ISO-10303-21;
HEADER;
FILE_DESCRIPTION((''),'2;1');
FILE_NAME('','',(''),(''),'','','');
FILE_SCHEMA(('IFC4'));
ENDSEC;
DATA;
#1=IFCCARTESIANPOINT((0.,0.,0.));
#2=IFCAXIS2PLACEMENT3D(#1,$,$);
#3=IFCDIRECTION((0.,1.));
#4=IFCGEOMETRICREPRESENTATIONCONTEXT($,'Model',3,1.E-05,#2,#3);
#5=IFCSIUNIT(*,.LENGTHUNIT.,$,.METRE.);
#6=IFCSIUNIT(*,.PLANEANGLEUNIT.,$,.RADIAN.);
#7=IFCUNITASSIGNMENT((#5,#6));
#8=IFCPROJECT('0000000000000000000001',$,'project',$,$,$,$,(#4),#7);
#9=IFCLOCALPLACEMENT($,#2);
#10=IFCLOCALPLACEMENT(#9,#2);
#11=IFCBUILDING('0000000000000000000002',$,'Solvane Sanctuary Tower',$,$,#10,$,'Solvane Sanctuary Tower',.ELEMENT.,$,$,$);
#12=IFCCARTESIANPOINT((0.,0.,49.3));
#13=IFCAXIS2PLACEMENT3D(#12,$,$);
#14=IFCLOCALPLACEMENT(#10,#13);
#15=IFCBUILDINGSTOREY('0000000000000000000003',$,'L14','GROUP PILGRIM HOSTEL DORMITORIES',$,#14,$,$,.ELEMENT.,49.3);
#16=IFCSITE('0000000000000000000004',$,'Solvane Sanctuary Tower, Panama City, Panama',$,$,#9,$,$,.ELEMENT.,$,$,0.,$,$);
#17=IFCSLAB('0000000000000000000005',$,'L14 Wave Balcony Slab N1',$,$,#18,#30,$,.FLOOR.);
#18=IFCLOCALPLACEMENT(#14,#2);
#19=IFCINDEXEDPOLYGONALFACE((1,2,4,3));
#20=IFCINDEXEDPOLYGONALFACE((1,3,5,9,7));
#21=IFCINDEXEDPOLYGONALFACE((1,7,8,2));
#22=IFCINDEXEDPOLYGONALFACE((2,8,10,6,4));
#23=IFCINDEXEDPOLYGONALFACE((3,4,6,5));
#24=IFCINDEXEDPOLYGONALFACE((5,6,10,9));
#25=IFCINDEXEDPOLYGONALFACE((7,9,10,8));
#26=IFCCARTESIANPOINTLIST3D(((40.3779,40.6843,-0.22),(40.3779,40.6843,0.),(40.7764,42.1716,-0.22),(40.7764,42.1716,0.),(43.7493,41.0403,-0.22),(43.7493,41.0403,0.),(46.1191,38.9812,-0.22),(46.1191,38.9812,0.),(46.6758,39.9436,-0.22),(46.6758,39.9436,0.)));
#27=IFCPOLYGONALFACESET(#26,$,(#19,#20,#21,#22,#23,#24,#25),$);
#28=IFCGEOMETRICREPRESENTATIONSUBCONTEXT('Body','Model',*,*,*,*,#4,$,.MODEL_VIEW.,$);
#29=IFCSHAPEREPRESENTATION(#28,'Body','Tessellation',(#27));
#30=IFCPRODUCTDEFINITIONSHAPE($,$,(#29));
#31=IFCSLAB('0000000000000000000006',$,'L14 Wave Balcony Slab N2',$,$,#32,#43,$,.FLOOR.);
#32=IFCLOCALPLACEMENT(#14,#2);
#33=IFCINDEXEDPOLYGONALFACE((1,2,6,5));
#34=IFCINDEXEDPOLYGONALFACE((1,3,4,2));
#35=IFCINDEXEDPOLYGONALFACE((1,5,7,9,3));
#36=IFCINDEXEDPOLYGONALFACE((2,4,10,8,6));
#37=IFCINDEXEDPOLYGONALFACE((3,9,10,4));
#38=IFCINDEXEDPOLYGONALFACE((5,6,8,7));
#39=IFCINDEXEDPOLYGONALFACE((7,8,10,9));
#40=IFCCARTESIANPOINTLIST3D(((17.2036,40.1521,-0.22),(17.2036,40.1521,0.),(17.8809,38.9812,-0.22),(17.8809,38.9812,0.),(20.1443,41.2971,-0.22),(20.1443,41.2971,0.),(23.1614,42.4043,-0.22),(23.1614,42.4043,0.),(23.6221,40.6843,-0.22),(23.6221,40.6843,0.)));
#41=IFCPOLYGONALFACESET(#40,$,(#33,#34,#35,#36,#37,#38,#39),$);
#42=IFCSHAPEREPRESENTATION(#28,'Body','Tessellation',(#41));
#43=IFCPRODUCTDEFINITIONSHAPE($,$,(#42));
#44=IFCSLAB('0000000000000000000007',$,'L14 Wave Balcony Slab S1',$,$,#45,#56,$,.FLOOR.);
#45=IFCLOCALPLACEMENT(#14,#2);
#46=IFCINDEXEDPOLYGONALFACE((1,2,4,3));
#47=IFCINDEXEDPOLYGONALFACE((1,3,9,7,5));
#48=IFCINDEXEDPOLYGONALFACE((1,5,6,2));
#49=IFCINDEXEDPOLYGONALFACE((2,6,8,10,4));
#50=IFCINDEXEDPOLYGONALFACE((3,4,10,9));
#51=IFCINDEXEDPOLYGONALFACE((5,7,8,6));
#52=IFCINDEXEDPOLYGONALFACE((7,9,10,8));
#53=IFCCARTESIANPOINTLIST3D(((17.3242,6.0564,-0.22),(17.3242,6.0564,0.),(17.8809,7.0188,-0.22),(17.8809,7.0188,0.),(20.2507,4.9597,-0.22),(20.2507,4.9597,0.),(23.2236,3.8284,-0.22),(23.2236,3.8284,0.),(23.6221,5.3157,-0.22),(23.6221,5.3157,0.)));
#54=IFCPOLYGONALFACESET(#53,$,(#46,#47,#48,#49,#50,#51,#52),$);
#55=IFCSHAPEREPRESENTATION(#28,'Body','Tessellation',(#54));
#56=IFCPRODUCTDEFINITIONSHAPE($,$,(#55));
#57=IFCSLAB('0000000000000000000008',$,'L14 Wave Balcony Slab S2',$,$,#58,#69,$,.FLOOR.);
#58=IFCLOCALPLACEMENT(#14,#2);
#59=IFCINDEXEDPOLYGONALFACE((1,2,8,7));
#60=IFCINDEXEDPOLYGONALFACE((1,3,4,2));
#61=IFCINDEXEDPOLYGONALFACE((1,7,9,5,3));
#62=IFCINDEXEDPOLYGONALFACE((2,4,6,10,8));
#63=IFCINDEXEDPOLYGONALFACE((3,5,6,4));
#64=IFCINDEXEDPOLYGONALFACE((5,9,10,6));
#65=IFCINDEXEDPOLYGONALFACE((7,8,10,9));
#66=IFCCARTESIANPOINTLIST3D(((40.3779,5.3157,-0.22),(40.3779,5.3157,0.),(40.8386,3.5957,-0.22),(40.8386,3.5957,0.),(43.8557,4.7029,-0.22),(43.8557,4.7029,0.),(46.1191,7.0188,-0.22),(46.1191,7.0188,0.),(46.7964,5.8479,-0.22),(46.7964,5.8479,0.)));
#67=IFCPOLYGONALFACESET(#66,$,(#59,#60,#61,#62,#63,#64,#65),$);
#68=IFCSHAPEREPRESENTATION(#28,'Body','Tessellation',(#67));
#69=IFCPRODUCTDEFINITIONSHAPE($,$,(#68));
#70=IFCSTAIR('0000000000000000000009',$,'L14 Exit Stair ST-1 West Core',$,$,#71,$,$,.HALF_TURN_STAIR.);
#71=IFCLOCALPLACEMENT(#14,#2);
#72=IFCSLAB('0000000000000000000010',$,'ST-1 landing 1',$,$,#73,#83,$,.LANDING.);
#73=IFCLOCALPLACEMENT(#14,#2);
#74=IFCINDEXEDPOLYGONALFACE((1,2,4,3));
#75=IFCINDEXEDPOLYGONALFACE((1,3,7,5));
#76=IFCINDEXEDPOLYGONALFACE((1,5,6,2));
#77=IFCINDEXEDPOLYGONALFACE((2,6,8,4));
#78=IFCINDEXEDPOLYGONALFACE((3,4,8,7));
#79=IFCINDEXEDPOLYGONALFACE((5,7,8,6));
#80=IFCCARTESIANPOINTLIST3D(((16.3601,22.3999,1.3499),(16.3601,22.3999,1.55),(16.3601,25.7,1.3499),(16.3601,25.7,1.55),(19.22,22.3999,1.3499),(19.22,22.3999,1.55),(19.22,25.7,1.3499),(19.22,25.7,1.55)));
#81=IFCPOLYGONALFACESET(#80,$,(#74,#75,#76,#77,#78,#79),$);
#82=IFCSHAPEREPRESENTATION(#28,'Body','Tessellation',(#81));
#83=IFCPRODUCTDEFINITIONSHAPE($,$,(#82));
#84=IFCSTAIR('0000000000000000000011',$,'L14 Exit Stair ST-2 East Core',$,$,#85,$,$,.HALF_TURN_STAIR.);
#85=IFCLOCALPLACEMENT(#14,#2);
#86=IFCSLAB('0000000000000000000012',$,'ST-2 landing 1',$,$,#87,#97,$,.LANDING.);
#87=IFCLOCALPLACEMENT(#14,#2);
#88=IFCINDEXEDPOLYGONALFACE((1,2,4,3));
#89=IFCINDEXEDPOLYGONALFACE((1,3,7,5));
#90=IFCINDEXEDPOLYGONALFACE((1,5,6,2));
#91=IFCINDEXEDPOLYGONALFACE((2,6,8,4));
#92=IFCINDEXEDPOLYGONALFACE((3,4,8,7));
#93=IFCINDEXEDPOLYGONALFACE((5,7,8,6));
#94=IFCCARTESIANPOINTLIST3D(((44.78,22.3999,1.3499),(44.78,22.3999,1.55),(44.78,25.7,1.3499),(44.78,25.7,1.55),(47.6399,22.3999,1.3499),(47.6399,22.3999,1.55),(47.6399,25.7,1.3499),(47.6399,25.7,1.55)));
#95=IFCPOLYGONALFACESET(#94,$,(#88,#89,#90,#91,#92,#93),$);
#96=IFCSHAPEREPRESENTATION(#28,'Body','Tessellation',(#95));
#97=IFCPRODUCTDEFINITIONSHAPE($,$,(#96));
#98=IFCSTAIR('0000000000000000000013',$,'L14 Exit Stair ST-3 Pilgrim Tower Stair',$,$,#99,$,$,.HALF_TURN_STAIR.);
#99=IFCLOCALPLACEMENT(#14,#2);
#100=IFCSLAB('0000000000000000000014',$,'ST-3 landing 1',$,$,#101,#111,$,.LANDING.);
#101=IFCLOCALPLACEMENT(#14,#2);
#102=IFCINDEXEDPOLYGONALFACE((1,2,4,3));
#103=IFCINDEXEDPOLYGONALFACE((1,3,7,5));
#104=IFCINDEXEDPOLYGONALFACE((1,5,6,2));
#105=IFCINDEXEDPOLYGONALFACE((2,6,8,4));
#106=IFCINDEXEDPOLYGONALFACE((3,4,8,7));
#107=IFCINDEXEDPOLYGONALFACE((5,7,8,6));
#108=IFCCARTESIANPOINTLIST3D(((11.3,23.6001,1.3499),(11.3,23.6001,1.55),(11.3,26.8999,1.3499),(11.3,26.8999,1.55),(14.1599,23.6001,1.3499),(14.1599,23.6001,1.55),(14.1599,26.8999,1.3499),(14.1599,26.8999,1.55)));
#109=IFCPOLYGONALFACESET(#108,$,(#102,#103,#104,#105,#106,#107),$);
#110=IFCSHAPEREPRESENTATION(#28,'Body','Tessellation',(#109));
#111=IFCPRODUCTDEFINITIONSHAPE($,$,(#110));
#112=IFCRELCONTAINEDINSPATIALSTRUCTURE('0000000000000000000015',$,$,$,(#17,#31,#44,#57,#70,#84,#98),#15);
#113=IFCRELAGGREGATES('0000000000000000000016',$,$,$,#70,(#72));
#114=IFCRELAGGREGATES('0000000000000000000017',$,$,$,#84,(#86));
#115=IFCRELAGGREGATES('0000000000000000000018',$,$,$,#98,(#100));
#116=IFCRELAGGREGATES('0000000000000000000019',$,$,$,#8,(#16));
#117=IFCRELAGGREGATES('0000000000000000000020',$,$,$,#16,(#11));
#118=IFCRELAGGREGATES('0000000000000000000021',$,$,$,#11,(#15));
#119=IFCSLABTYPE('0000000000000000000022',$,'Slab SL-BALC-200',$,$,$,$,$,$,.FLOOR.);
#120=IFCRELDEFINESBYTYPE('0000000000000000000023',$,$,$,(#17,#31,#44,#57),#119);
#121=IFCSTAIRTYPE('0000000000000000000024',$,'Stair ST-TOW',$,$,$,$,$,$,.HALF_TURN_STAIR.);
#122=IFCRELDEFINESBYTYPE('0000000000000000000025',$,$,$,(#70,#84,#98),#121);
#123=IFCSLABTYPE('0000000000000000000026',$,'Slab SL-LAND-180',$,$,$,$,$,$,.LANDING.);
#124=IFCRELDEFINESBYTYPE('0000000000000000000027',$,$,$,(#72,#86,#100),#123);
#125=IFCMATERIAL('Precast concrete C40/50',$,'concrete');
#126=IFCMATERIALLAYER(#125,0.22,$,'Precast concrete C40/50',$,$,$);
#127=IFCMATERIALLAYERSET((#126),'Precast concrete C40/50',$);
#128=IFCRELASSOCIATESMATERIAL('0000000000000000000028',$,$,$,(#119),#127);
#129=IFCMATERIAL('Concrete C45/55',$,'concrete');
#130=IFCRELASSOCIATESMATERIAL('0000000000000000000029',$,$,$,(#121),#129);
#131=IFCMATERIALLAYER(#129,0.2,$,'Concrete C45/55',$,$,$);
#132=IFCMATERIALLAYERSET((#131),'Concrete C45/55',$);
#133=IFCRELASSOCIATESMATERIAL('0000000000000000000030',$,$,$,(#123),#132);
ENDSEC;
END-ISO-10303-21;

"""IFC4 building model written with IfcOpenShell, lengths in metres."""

from ifc_helpers import new_model, si_unit, direction, frame, origin, place, context, subcontext, project, spatial, polyline, outline, extrude, material, layer, layer_set, type_object, element, aggregate, save


model = new_model("IFC4")

# Units and contexts
model_context = context("Model", 3, precision=1e-05, world=origin(), true_north=direction((0.0, 1.0)))
body_context = subcontext(model_context, "Body", "Model", "MODEL_VIEW")
ifc_project = project(units=[si_unit("LENGTHUNIT", "METRE"), si_unit("PLANEANGLEUNIT", "RADIAN")], contexts=[model_context])

# Site, building, storey
site_placement = place(None, origin())
site = spatial("IfcSite", under=ifc_project, at=site_placement, Name="Solvane Sanctuary Tower, Panama City, Panama", CompositionType="ELEMENT", RefElevation=0.0)
building_placement = place(site_placement, origin())
building = spatial("IfcBuilding", under=site, at=building_placement, Name="Solvane Sanctuary Tower", LongName="Solvane Sanctuary Tower", CompositionType="ELEMENT")
storey_placement = place(building_placement, frame((0.0, 0.0, 49.3)))
storey = spatial("IfcBuildingStorey", under=building, at=storey_placement, Name="L14", Description="GROUP PILGRIM HOSTEL DORMITORIES", CompositionType="ELEMENT", Elevation=49.3)

# Slabs
ifc_material_1 = material(Name="Precast concrete C40/50", Category="concrete")
ifc_layer_1 = layer(ifc_material_1, 0.22, Name="Precast concrete C40/50")
ifc_layer_set_1 = layer_set([ifc_layer_1], Name="Precast concrete C40/50")
slab_type_1 = type_object("IfcSlabType", Name="Slab SL-BALC-200", PredefinedType="FLOOR", material=ifc_layer_set_1)
slab_1_placement = place(storey_placement, frame((0.0, 0.0, -0.22)))
element("IfcSlab", 1, at=slab_1_placement, inside=storey, type_object=slab_type_1, Name="L14 Wave Balcony Slab N1", PredefinedType="FLOOR", context=body_context, shape_type="SweptSolid", body=[
    extrude(outline(polyline([(46.6758, 39.9436), (43.7493, 41.0403), (40.7764, 42.1716), (40.3779, 40.6843), (46.1191, 38.9812), (46.6758, 39.9436)])), origin(), (0.0, 0.0, 1.0), 0.22),
])
slab_2_placement = place(storey_placement, frame((0.0, 0.0, -0.22)))
element("IfcSlab", 2, at=slab_2_placement, inside=storey, type_object=slab_type_1, Name="L14 Wave Balcony Slab N2", PredefinedType="FLOOR", context=body_context, shape_type="SweptSolid", body=[
    extrude(outline(polyline([(23.1614, 42.4043), (20.1443, 41.2971), (17.2036, 40.1521), (17.8809, 38.9812), (23.6221, 40.6843), (23.1614, 42.4043)])), origin(), (0.0, 0.0, 1.0), 0.22),
])
slab_3_placement = place(storey_placement, frame((0.0, 0.0, -0.22)))
element("IfcSlab", 3, at=slab_3_placement, inside=storey, type_object=slab_type_1, Name="L14 Wave Balcony Slab S1", PredefinedType="FLOOR", context=body_context, shape_type="SweptSolid", body=[
    extrude(outline(polyline([(17.3242, 6.0564), (20.2507, 4.9597), (23.2236, 3.8284), (23.6221, 5.3157), (17.8809, 7.0188), (17.3242, 6.0564)])), origin(), (0.0, 0.0, 1.0), 0.22),
])
slab_4_placement = place(storey_placement, frame((0.0, 0.0, -0.22)))
element("IfcSlab", 4, at=slab_4_placement, inside=storey, type_object=slab_type_1, Name="L14 Wave Balcony Slab S2", PredefinedType="FLOOR", context=body_context, shape_type="SweptSolid", body=[
    extrude(outline(polyline([(40.8386, 3.5957), (43.8557, 4.7029), (46.7964, 5.8479), (46.1191, 7.0188), (40.3779, 5.3157), (40.8386, 3.5957)])), origin(), (0.0, 0.0, 1.0), 0.22),
])

# Stairs, slabs
ifc_material_2 = material(Name="Concrete C45/55", Category="concrete")
stair_type = type_object("IfcStairType", Name="Stair ST-TOW", PredefinedType="HALF_TURN_STAIR", material=ifc_material_2)
stair_1_placement = place(storey_placement, origin())
stair_1 = element("IfcStair", 5, at=stair_1_placement, inside=storey, type_object=stair_type, Name="L14 Exit Stair ST-1 West Core", PredefinedType="HALF_TURN_STAIR")
ifc_layer_2 = layer(ifc_material_2, 0.2, Name="Concrete C45/55")
ifc_layer_set_2 = layer_set([ifc_layer_2], Name="Concrete C45/55")
slab_type_2 = type_object("IfcSlabType", Name="Slab SL-LAND-180", PredefinedType="LANDING", material=ifc_layer_set_2)
slab_5_placement = place(storey_placement, frame((0.0, 0.0, 1.3499)))
slab_5 = element("IfcSlab", 6, at=slab_5_placement, type_object=slab_type_2, Name="ST-1 landing 1", PredefinedType="LANDING", context=body_context, shape_type="SweptSolid", body=[
    extrude(outline(polyline([(19.22, 22.3999), (19.22, 25.7), (16.3601, 25.7), (16.3601, 22.3999), (19.22, 22.3999)])), origin(), (0.0, 0.0, 1.0), 0.2002),
])
aggregate(stair_1, [slab_5])
stair_2_placement = place(storey_placement, origin())
stair_2 = element("IfcStair", 7, at=stair_2_placement, inside=storey, type_object=stair_type, Name="L14 Exit Stair ST-2 East Core", PredefinedType="HALF_TURN_STAIR")
slab_6_placement = place(storey_placement, frame((0.0, 0.0, 1.3499)))
slab_6 = element("IfcSlab", 8, at=slab_6_placement, type_object=slab_type_2, Name="ST-2 landing 1", PredefinedType="LANDING", context=body_context, shape_type="SweptSolid", body=[
    extrude(outline(polyline([(47.6399, 22.3999), (47.6399, 25.7), (44.78, 25.7), (44.78, 22.3999), (47.6399, 22.3999)])), origin(), (0.0, 0.0, 1.0), 0.2002),
])
aggregate(stair_2, [slab_6])
stair_3_placement = place(storey_placement, origin())
stair_3 = element("IfcStair", 9, at=stair_3_placement, inside=storey, type_object=stair_type, Name="L14 Exit Stair ST-3 Pilgrim Tower Stair", PredefinedType="HALF_TURN_STAIR")
slab_7_placement = place(storey_placement, frame((0.0, 0.0, 1.3499)))
slab_7 = element("IfcSlab", 10, at=slab_7_placement, type_object=slab_type_2, Name="ST-3 landing 1", PredefinedType="LANDING", context=body_context, shape_type="SweptSolid", body=[
    extrude(outline(polyline([(14.1599, 23.6001), (14.1599, 26.8999), (11.3, 26.8999), (11.3, 23.6001), (14.1599, 23.6001)])), origin(), (0.0, 0.0, 1.0), 0.2002),
])
aggregate(stair_3, [slab_7])

save(model, "model.ifc")
